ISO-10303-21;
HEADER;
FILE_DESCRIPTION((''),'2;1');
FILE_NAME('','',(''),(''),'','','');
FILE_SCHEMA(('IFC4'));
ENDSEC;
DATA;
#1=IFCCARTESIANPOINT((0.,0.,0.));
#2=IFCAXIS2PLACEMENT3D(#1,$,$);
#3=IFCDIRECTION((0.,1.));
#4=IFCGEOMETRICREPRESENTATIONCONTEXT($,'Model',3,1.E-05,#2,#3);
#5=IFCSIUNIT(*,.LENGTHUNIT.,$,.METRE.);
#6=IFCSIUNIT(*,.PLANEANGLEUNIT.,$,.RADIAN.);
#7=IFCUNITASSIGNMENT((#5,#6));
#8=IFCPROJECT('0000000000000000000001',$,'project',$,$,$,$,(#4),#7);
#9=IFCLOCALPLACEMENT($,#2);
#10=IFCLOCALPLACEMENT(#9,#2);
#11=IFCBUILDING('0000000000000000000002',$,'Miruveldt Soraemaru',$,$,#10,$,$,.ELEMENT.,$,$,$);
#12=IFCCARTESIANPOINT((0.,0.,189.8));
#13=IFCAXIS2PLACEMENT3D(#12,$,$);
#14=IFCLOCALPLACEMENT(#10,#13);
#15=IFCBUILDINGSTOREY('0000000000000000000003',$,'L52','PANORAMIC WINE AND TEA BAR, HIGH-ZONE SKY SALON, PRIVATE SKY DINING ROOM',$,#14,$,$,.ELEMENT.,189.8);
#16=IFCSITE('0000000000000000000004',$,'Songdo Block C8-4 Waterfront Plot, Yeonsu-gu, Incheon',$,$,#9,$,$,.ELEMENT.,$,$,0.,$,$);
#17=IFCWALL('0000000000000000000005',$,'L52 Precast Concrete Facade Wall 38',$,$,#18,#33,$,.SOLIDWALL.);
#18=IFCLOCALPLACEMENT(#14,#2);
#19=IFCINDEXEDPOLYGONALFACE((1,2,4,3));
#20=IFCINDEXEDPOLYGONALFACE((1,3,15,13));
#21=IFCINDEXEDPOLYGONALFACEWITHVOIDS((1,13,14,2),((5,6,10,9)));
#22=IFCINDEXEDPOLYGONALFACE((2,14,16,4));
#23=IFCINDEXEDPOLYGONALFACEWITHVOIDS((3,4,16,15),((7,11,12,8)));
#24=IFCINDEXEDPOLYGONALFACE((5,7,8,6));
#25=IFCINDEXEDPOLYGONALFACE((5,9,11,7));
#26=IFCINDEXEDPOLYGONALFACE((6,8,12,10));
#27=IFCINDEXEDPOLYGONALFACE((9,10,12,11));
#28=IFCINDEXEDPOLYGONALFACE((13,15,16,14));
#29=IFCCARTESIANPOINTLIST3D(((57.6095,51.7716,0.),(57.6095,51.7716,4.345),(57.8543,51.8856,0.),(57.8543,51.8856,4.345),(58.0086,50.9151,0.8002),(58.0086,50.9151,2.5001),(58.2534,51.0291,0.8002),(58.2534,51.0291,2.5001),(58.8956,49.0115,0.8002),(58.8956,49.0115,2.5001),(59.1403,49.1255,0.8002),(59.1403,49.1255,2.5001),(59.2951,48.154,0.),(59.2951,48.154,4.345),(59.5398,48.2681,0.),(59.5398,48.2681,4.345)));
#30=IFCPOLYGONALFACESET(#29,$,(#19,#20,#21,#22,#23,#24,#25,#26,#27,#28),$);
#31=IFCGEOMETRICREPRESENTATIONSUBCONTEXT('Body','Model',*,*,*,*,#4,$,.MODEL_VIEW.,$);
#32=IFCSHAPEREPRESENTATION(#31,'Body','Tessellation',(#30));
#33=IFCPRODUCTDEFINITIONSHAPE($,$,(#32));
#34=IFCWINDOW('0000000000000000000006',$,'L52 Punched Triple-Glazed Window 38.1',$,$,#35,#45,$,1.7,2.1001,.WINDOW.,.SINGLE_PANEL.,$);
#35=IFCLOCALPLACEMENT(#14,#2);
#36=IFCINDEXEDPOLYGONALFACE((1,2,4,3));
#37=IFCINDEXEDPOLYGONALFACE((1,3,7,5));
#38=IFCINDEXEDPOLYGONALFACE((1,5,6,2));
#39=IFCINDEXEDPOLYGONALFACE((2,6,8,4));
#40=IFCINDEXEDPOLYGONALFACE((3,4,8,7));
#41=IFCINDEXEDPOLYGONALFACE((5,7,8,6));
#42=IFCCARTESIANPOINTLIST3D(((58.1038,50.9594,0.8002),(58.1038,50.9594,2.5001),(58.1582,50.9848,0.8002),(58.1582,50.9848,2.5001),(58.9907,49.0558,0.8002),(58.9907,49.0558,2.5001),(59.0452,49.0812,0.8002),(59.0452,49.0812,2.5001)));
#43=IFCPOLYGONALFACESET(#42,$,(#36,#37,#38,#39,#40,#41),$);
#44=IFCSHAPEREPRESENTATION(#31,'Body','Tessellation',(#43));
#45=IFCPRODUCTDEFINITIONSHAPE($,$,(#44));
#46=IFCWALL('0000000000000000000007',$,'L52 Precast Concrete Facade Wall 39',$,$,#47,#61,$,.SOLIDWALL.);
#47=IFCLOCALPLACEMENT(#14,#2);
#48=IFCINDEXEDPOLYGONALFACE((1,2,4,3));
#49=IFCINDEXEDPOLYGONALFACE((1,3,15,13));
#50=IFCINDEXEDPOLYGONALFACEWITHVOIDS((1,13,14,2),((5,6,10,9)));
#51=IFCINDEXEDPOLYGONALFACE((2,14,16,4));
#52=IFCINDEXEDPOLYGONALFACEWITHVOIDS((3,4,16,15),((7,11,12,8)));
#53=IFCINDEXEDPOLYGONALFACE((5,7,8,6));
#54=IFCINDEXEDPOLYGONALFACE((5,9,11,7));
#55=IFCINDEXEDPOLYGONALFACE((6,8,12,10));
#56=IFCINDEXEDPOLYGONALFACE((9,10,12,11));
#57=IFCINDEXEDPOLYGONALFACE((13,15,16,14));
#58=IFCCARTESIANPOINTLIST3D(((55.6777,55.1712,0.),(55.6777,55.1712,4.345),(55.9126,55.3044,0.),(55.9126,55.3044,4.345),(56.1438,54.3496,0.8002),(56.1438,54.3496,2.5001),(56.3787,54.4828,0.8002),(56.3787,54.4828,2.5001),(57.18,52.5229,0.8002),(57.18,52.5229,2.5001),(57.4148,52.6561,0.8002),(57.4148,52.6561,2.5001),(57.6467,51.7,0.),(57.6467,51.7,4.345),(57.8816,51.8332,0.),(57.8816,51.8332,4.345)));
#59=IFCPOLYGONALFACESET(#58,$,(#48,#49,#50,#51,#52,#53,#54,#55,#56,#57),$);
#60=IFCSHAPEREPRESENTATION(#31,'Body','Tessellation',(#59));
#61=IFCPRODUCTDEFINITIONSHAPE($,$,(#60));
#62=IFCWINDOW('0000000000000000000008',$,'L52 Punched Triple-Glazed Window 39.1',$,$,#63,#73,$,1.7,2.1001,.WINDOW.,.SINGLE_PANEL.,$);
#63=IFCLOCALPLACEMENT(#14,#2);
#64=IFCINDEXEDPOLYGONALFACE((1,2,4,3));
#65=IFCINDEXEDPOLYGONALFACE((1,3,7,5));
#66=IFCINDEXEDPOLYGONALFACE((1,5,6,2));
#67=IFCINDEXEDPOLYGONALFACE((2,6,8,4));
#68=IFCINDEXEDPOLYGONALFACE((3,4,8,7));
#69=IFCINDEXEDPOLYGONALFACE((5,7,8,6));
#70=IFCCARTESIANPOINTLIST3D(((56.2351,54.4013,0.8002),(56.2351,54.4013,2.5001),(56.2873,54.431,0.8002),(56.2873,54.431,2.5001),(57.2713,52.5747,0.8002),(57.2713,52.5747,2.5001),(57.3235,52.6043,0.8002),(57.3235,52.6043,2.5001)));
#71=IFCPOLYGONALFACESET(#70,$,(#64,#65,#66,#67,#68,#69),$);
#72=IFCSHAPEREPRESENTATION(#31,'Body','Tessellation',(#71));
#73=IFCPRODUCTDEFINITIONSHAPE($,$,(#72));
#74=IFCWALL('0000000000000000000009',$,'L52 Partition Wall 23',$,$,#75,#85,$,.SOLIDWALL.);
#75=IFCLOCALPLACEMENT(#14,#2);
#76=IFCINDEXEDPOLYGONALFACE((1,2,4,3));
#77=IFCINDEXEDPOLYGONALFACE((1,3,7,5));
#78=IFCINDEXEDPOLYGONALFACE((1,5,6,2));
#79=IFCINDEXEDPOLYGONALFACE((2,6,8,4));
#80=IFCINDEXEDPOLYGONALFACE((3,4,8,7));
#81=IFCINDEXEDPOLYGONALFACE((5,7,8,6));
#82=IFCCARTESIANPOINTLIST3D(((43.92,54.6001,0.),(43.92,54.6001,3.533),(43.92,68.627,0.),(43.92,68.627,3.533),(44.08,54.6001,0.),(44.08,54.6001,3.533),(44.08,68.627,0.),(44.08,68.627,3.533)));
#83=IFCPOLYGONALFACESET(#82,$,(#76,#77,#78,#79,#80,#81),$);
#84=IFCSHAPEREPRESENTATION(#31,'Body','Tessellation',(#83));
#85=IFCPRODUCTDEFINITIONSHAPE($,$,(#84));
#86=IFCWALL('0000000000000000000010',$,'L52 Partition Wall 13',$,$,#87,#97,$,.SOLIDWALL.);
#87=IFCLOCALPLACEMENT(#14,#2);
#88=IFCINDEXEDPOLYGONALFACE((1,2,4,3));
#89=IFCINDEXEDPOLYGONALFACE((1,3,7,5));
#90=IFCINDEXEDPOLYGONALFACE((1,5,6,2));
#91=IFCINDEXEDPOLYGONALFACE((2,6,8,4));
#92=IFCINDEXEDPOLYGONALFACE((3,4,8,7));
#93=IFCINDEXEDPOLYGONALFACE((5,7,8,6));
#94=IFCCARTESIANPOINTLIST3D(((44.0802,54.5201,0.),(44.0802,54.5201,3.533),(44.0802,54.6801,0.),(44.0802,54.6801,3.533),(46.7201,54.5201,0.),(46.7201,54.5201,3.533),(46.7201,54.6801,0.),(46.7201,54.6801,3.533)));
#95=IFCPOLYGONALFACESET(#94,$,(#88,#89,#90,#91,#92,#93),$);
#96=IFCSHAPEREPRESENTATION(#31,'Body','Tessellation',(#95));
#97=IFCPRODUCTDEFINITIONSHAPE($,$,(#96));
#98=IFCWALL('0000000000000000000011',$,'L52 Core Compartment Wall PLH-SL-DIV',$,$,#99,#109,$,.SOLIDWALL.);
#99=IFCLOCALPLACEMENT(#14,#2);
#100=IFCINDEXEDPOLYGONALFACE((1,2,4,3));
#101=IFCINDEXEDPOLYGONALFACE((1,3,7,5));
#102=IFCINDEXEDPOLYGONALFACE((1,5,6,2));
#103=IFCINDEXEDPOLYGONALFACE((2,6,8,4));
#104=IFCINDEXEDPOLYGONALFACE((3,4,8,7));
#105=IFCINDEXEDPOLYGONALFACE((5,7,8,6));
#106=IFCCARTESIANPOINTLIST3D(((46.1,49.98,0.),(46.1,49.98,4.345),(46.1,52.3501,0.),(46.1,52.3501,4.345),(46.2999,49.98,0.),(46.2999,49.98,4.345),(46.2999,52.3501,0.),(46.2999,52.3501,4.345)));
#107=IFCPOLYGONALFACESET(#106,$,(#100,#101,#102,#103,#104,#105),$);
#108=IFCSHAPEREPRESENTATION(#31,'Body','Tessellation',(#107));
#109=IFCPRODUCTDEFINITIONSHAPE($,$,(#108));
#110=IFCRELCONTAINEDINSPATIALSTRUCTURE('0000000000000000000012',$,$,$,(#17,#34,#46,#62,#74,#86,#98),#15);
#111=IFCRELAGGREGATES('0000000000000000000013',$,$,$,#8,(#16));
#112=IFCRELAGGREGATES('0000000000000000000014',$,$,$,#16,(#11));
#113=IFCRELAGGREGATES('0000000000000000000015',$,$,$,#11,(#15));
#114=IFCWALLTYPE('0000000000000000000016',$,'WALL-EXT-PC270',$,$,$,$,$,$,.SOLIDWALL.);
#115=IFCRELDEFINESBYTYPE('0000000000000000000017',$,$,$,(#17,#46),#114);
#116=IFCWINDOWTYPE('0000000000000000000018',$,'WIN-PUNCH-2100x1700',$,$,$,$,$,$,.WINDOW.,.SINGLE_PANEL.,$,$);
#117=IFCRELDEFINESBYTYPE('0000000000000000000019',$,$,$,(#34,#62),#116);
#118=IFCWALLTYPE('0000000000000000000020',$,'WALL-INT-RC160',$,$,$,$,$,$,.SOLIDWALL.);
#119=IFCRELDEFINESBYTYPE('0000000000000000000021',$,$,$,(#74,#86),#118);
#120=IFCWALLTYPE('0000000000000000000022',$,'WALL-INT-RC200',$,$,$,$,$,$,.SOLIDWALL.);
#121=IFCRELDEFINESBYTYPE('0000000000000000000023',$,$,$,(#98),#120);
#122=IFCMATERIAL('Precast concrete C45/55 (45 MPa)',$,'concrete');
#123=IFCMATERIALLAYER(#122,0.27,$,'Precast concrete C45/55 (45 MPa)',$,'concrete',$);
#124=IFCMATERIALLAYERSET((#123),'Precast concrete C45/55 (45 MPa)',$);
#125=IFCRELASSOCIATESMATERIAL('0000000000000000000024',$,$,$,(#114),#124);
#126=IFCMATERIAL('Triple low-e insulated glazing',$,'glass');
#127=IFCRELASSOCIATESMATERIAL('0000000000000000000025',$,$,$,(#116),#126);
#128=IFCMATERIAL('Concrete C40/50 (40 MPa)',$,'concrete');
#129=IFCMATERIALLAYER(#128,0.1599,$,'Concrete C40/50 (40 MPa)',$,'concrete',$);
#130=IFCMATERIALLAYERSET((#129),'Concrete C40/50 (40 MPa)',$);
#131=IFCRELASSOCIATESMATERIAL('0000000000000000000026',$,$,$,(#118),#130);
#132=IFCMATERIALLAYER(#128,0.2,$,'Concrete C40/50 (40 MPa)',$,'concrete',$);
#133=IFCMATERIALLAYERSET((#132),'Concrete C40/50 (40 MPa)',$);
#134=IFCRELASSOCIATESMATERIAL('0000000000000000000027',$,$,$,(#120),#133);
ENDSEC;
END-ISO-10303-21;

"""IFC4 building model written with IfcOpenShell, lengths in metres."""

from ifc_helpers import new_model, si_unit, direction, frame, frame_2d, origin, place, context, subcontext, project, spatial, rectangle, extrude, material, layer, layer_set, type_object, element, fill, save


model = new_model("IFC4")

# Units and contexts
model_context = context("Model", 3, precision=1e-05, world=origin(), true_north=direction((0.0, 1.0)))
body_context = subcontext(model_context, "Body", "Model", "MODEL_VIEW")
ifc_project = project(units=[si_unit("LENGTHUNIT", "METRE"), si_unit("PLANEANGLEUNIT", "RADIAN")], contexts=[model_context])

# Site, building, storey
site_placement = place(None, origin())
site = spatial("IfcSite", under=ifc_project, at=site_placement, Name="Songdo Block C8-4 Waterfront Plot, Yeonsu-gu, Incheon", CompositionType="ELEMENT", RefElevation=0.0)
building_placement = place(site_placement, origin())
building = spatial("IfcBuilding", under=site, at=building_placement, Name="Miruveldt Soraemaru", CompositionType="ELEMENT")
storey_placement = place(building_placement, frame((0.0, 0.0, 189.8)))
storey = spatial("IfcBuildingStorey", under=building, at=storey_placement, Name="L52", Description="PANORAMIC WINE AND TEA BAR, HIGH-ZONE SKY SALON, PRIVATE SKY DINING ROOM", CompositionType="ELEMENT", Elevation=189.8)

# Shared definitions
ifc_material_1 = material(Name="Triple low-e insulated glazing", Category="glass")

# Shared definitions
ifc_material_2 = material(Name="Precast concrete C45/55 (45 MPa)", Category="concrete")
ifc_layer_1 = layer(ifc_material_2, 0.27, Name="Precast concrete C45/55 (45 MPa)", Category="concrete")
ifc_layer_set_1 = layer_set([ifc_layer_1], Name="Precast concrete C45/55 (45 MPa)")
wall_type_1 = type_object("IfcWallType", Name="WALL-EXT-PC270", PredefinedType="SOLIDWALL", material=ifc_layer_set_1)

# Walls, openings, windows
wall_1_placement = place(storey_placement, frame((59.4175, 48.2109, 0.0), z_axis=(0.0, 0.0, 1.0), x_axis=(-0.422329, 0.906442, 0.0)))
wall_1 = element("IfcWall", 1, at=wall_1_placement, inside=storey, type_object=wall_type_1, Name="L52 Precast Concrete Facade Wall 38", PredefinedType="SOLIDWALL", context=body_context, shape_type="SweptSolid", body=[
    extrude(rectangle(XDim=3.991, YDim=0.27, at=frame_2d((1.9956, 0.0))), origin(), (0.0, 0.0, 1.0), 4.345),
])
opening_1_placement = place(wall_1_placement, frame((0.946, 0.0, 0.8)))
opening_1 = element("IfcOpeningElement", 2, at=opening_1_placement, cuts=wall_1, PredefinedType="OPENING", context=body_context, shape_type="SweptSolid", body=[
    extrude(rectangle(XDim=2.1001, YDim=1.7, at=frame_2d((1.05, 0.8501))), frame((0.0, 0.145, 0.0), z_axis=(0.0, -1.0, 0.0), x_axis=(1.0, 0.0, 0.0)), (0.0, 0.0, 1.0), 0.29),
])
window_type = type_object("IfcWindowType", Name="WIN-PUNCH-2100x1700", PartitioningType="SINGLE_PANEL", PredefinedType="WINDOW", material=ifc_material_1)
window_1_placement = place(opening_1_placement, origin())
window_1 = element("IfcWindow", 3, at=window_1_placement, inside=storey, type_object=window_type, Name="L52 Punched Triple-Glazed Window 38.1", OverallHeight=1.7, OverallWidth=2.1001, PartitioningType="SINGLE_PANEL", PredefinedType="WINDOW", context=body_context, shape_type="SweptSolid", body=[
    extrude(rectangle(XDim=2.1001, YDim=1.7, at=frame_2d((1.05, 0.8501))), frame((0.0, 0.03, 0.0), z_axis=(0.0, -1.0, 0.0), x_axis=(1.0, 0.0, 0.0)), (0.0, 0.0, 1.0), 0.0601),
])
fill(opening_1, window_1)
wall_2_placement = place(storey_placement, frame((57.7642, 51.7666, 0.0), z_axis=(0.0, 0.0, 1.0), x_axis=(-0.493389, 0.869809, 0.0)))
wall_2 = element("IfcWall", 4, at=wall_2_placement, inside=storey, type_object=wall_type_1, Name="L52 Precast Concrete Facade Wall 39", PredefinedType="SOLIDWALL", context=body_context, shape_type="SweptSolid", body=[
    extrude(rectangle(XDim=3.9907, YDim=0.27, at=frame_2d((1.9954, 0.0))), origin(), (0.0, 0.0, 1.0), 4.345),
])
opening_2_placement = place(wall_2_placement, frame((0.946, 0.0, 0.8)))
opening_2 = element("IfcOpeningElement", 5, at=opening_2_placement, cuts=wall_2, PredefinedType="OPENING", context=body_context, shape_type="SweptSolid", body=[
    extrude(rectangle(XDim=2.1001, YDim=1.7, at=frame_2d((1.05, 0.8501))), frame((0.0, 0.145, 0.0), z_axis=(0.0, -1.0, 0.0), x_axis=(1.0, 0.0, 0.0)), (0.0, 0.0, 1.0), 0.29),
])
window_2_placement = place(opening_2_placement, origin())
window_2 = element("IfcWindow", 6, at=window_2_placement, inside=storey, type_object=window_type, Name="L52 Punched Triple-Glazed Window 39.1", OverallHeight=1.7, OverallWidth=2.1001, PartitioningType="SINGLE_PANEL", PredefinedType="WINDOW", context=body_context, shape_type="SweptSolid", body=[
    extrude(rectangle(XDim=2.1001, YDim=1.7, at=frame_2d((1.05, 0.8501))), frame((0.0, 0.03, 0.0), z_axis=(0.0, -1.0, 0.0), x_axis=(1.0, 0.0, 0.0)), (0.0, 0.0, 1.0), 0.0601),
])
fill(opening_2, window_2)

# Walls
ifc_material_3 = material(Name="Concrete C40/50 (40 MPa)", Category="concrete")
ifc_layer_2 = layer(ifc_material_3, 0.1599, Name="Concrete C40/50 (40 MPa)", Category="concrete")
ifc_layer_set_2 = layer_set([ifc_layer_2], Name="Concrete C40/50 (40 MPa)")
wall_type_2 = type_object("IfcWallType", Name="WALL-INT-RC160", PredefinedType="SOLIDWALL", material=ifc_layer_set_2)
wall_3_placement = place(storey_placement, frame((44.0, 54.6001, 0.0), z_axis=(0.0, 0.0, 1.0), x_axis=(0.0, 1.0, 0.0)))
element("IfcWall", 7, at=wall_3_placement, inside=storey, type_object=wall_type_2, Name="L52 Partition Wall 23", PredefinedType="SOLIDWALL", context=body_context, shape_type="SweptSolid", body=[
    extrude(rectangle(XDim=14.0269, YDim=0.1599, at=frame_2d((7.0134, 0.0))), origin(), (0.0, 0.0, 1.0), 3.533),
])
wall_4_placement = place(storey_placement, frame((46.72, 54.6001, 0.0), z_axis=(0.0, 0.0, 1.0), x_axis=(-1.0, 0.0, 0.0)))
element("IfcWall", 8, at=wall_4_placement, inside=storey, type_object=wall_type_2, Name="L52 Partition Wall 13", PredefinedType="SOLIDWALL", context=body_context, shape_type="SweptSolid", body=[
    extrude(rectangle(XDim=2.6399, YDim=0.1599, at=frame_2d((1.3198, 0.0))), origin(), (0.0, 0.0, 1.0), 3.533),
])

# Shared definitions
ifc_layer_3 = layer(ifc_material_3, 0.2, Name="Concrete C40/50 (40 MPa)", Category="concrete")
ifc_layer_set_3 = layer_set([ifc_layer_3], Name="Concrete C40/50 (40 MPa)")
wall_type_3 = type_object("IfcWallType", Name="WALL-INT-RC200", PredefinedType="SOLIDWALL", material=ifc_layer_set_3)

# Wall
wall_5_placement = place(storey_placement, frame((46.2, 49.98, 0.0), z_axis=(0.0, 0.0, 1.0), x_axis=(0.0, 1.0, 0.0)))
element("IfcWall", 9, at=wall_5_placement, inside=storey, type_object=wall_type_3, Name="L52 Core Compartment Wall PLH-SL-DIV", PredefinedType="SOLIDWALL", context=body_context, shape_type="SweptSolid", body=[
    extrude(rectangle(XDim=2.3701, YDim=0.2, at=frame_2d((1.1851, 0.0))), origin(), (0.0, 0.0, 1.0), 4.345),
])

save(model, "model.ifc")
